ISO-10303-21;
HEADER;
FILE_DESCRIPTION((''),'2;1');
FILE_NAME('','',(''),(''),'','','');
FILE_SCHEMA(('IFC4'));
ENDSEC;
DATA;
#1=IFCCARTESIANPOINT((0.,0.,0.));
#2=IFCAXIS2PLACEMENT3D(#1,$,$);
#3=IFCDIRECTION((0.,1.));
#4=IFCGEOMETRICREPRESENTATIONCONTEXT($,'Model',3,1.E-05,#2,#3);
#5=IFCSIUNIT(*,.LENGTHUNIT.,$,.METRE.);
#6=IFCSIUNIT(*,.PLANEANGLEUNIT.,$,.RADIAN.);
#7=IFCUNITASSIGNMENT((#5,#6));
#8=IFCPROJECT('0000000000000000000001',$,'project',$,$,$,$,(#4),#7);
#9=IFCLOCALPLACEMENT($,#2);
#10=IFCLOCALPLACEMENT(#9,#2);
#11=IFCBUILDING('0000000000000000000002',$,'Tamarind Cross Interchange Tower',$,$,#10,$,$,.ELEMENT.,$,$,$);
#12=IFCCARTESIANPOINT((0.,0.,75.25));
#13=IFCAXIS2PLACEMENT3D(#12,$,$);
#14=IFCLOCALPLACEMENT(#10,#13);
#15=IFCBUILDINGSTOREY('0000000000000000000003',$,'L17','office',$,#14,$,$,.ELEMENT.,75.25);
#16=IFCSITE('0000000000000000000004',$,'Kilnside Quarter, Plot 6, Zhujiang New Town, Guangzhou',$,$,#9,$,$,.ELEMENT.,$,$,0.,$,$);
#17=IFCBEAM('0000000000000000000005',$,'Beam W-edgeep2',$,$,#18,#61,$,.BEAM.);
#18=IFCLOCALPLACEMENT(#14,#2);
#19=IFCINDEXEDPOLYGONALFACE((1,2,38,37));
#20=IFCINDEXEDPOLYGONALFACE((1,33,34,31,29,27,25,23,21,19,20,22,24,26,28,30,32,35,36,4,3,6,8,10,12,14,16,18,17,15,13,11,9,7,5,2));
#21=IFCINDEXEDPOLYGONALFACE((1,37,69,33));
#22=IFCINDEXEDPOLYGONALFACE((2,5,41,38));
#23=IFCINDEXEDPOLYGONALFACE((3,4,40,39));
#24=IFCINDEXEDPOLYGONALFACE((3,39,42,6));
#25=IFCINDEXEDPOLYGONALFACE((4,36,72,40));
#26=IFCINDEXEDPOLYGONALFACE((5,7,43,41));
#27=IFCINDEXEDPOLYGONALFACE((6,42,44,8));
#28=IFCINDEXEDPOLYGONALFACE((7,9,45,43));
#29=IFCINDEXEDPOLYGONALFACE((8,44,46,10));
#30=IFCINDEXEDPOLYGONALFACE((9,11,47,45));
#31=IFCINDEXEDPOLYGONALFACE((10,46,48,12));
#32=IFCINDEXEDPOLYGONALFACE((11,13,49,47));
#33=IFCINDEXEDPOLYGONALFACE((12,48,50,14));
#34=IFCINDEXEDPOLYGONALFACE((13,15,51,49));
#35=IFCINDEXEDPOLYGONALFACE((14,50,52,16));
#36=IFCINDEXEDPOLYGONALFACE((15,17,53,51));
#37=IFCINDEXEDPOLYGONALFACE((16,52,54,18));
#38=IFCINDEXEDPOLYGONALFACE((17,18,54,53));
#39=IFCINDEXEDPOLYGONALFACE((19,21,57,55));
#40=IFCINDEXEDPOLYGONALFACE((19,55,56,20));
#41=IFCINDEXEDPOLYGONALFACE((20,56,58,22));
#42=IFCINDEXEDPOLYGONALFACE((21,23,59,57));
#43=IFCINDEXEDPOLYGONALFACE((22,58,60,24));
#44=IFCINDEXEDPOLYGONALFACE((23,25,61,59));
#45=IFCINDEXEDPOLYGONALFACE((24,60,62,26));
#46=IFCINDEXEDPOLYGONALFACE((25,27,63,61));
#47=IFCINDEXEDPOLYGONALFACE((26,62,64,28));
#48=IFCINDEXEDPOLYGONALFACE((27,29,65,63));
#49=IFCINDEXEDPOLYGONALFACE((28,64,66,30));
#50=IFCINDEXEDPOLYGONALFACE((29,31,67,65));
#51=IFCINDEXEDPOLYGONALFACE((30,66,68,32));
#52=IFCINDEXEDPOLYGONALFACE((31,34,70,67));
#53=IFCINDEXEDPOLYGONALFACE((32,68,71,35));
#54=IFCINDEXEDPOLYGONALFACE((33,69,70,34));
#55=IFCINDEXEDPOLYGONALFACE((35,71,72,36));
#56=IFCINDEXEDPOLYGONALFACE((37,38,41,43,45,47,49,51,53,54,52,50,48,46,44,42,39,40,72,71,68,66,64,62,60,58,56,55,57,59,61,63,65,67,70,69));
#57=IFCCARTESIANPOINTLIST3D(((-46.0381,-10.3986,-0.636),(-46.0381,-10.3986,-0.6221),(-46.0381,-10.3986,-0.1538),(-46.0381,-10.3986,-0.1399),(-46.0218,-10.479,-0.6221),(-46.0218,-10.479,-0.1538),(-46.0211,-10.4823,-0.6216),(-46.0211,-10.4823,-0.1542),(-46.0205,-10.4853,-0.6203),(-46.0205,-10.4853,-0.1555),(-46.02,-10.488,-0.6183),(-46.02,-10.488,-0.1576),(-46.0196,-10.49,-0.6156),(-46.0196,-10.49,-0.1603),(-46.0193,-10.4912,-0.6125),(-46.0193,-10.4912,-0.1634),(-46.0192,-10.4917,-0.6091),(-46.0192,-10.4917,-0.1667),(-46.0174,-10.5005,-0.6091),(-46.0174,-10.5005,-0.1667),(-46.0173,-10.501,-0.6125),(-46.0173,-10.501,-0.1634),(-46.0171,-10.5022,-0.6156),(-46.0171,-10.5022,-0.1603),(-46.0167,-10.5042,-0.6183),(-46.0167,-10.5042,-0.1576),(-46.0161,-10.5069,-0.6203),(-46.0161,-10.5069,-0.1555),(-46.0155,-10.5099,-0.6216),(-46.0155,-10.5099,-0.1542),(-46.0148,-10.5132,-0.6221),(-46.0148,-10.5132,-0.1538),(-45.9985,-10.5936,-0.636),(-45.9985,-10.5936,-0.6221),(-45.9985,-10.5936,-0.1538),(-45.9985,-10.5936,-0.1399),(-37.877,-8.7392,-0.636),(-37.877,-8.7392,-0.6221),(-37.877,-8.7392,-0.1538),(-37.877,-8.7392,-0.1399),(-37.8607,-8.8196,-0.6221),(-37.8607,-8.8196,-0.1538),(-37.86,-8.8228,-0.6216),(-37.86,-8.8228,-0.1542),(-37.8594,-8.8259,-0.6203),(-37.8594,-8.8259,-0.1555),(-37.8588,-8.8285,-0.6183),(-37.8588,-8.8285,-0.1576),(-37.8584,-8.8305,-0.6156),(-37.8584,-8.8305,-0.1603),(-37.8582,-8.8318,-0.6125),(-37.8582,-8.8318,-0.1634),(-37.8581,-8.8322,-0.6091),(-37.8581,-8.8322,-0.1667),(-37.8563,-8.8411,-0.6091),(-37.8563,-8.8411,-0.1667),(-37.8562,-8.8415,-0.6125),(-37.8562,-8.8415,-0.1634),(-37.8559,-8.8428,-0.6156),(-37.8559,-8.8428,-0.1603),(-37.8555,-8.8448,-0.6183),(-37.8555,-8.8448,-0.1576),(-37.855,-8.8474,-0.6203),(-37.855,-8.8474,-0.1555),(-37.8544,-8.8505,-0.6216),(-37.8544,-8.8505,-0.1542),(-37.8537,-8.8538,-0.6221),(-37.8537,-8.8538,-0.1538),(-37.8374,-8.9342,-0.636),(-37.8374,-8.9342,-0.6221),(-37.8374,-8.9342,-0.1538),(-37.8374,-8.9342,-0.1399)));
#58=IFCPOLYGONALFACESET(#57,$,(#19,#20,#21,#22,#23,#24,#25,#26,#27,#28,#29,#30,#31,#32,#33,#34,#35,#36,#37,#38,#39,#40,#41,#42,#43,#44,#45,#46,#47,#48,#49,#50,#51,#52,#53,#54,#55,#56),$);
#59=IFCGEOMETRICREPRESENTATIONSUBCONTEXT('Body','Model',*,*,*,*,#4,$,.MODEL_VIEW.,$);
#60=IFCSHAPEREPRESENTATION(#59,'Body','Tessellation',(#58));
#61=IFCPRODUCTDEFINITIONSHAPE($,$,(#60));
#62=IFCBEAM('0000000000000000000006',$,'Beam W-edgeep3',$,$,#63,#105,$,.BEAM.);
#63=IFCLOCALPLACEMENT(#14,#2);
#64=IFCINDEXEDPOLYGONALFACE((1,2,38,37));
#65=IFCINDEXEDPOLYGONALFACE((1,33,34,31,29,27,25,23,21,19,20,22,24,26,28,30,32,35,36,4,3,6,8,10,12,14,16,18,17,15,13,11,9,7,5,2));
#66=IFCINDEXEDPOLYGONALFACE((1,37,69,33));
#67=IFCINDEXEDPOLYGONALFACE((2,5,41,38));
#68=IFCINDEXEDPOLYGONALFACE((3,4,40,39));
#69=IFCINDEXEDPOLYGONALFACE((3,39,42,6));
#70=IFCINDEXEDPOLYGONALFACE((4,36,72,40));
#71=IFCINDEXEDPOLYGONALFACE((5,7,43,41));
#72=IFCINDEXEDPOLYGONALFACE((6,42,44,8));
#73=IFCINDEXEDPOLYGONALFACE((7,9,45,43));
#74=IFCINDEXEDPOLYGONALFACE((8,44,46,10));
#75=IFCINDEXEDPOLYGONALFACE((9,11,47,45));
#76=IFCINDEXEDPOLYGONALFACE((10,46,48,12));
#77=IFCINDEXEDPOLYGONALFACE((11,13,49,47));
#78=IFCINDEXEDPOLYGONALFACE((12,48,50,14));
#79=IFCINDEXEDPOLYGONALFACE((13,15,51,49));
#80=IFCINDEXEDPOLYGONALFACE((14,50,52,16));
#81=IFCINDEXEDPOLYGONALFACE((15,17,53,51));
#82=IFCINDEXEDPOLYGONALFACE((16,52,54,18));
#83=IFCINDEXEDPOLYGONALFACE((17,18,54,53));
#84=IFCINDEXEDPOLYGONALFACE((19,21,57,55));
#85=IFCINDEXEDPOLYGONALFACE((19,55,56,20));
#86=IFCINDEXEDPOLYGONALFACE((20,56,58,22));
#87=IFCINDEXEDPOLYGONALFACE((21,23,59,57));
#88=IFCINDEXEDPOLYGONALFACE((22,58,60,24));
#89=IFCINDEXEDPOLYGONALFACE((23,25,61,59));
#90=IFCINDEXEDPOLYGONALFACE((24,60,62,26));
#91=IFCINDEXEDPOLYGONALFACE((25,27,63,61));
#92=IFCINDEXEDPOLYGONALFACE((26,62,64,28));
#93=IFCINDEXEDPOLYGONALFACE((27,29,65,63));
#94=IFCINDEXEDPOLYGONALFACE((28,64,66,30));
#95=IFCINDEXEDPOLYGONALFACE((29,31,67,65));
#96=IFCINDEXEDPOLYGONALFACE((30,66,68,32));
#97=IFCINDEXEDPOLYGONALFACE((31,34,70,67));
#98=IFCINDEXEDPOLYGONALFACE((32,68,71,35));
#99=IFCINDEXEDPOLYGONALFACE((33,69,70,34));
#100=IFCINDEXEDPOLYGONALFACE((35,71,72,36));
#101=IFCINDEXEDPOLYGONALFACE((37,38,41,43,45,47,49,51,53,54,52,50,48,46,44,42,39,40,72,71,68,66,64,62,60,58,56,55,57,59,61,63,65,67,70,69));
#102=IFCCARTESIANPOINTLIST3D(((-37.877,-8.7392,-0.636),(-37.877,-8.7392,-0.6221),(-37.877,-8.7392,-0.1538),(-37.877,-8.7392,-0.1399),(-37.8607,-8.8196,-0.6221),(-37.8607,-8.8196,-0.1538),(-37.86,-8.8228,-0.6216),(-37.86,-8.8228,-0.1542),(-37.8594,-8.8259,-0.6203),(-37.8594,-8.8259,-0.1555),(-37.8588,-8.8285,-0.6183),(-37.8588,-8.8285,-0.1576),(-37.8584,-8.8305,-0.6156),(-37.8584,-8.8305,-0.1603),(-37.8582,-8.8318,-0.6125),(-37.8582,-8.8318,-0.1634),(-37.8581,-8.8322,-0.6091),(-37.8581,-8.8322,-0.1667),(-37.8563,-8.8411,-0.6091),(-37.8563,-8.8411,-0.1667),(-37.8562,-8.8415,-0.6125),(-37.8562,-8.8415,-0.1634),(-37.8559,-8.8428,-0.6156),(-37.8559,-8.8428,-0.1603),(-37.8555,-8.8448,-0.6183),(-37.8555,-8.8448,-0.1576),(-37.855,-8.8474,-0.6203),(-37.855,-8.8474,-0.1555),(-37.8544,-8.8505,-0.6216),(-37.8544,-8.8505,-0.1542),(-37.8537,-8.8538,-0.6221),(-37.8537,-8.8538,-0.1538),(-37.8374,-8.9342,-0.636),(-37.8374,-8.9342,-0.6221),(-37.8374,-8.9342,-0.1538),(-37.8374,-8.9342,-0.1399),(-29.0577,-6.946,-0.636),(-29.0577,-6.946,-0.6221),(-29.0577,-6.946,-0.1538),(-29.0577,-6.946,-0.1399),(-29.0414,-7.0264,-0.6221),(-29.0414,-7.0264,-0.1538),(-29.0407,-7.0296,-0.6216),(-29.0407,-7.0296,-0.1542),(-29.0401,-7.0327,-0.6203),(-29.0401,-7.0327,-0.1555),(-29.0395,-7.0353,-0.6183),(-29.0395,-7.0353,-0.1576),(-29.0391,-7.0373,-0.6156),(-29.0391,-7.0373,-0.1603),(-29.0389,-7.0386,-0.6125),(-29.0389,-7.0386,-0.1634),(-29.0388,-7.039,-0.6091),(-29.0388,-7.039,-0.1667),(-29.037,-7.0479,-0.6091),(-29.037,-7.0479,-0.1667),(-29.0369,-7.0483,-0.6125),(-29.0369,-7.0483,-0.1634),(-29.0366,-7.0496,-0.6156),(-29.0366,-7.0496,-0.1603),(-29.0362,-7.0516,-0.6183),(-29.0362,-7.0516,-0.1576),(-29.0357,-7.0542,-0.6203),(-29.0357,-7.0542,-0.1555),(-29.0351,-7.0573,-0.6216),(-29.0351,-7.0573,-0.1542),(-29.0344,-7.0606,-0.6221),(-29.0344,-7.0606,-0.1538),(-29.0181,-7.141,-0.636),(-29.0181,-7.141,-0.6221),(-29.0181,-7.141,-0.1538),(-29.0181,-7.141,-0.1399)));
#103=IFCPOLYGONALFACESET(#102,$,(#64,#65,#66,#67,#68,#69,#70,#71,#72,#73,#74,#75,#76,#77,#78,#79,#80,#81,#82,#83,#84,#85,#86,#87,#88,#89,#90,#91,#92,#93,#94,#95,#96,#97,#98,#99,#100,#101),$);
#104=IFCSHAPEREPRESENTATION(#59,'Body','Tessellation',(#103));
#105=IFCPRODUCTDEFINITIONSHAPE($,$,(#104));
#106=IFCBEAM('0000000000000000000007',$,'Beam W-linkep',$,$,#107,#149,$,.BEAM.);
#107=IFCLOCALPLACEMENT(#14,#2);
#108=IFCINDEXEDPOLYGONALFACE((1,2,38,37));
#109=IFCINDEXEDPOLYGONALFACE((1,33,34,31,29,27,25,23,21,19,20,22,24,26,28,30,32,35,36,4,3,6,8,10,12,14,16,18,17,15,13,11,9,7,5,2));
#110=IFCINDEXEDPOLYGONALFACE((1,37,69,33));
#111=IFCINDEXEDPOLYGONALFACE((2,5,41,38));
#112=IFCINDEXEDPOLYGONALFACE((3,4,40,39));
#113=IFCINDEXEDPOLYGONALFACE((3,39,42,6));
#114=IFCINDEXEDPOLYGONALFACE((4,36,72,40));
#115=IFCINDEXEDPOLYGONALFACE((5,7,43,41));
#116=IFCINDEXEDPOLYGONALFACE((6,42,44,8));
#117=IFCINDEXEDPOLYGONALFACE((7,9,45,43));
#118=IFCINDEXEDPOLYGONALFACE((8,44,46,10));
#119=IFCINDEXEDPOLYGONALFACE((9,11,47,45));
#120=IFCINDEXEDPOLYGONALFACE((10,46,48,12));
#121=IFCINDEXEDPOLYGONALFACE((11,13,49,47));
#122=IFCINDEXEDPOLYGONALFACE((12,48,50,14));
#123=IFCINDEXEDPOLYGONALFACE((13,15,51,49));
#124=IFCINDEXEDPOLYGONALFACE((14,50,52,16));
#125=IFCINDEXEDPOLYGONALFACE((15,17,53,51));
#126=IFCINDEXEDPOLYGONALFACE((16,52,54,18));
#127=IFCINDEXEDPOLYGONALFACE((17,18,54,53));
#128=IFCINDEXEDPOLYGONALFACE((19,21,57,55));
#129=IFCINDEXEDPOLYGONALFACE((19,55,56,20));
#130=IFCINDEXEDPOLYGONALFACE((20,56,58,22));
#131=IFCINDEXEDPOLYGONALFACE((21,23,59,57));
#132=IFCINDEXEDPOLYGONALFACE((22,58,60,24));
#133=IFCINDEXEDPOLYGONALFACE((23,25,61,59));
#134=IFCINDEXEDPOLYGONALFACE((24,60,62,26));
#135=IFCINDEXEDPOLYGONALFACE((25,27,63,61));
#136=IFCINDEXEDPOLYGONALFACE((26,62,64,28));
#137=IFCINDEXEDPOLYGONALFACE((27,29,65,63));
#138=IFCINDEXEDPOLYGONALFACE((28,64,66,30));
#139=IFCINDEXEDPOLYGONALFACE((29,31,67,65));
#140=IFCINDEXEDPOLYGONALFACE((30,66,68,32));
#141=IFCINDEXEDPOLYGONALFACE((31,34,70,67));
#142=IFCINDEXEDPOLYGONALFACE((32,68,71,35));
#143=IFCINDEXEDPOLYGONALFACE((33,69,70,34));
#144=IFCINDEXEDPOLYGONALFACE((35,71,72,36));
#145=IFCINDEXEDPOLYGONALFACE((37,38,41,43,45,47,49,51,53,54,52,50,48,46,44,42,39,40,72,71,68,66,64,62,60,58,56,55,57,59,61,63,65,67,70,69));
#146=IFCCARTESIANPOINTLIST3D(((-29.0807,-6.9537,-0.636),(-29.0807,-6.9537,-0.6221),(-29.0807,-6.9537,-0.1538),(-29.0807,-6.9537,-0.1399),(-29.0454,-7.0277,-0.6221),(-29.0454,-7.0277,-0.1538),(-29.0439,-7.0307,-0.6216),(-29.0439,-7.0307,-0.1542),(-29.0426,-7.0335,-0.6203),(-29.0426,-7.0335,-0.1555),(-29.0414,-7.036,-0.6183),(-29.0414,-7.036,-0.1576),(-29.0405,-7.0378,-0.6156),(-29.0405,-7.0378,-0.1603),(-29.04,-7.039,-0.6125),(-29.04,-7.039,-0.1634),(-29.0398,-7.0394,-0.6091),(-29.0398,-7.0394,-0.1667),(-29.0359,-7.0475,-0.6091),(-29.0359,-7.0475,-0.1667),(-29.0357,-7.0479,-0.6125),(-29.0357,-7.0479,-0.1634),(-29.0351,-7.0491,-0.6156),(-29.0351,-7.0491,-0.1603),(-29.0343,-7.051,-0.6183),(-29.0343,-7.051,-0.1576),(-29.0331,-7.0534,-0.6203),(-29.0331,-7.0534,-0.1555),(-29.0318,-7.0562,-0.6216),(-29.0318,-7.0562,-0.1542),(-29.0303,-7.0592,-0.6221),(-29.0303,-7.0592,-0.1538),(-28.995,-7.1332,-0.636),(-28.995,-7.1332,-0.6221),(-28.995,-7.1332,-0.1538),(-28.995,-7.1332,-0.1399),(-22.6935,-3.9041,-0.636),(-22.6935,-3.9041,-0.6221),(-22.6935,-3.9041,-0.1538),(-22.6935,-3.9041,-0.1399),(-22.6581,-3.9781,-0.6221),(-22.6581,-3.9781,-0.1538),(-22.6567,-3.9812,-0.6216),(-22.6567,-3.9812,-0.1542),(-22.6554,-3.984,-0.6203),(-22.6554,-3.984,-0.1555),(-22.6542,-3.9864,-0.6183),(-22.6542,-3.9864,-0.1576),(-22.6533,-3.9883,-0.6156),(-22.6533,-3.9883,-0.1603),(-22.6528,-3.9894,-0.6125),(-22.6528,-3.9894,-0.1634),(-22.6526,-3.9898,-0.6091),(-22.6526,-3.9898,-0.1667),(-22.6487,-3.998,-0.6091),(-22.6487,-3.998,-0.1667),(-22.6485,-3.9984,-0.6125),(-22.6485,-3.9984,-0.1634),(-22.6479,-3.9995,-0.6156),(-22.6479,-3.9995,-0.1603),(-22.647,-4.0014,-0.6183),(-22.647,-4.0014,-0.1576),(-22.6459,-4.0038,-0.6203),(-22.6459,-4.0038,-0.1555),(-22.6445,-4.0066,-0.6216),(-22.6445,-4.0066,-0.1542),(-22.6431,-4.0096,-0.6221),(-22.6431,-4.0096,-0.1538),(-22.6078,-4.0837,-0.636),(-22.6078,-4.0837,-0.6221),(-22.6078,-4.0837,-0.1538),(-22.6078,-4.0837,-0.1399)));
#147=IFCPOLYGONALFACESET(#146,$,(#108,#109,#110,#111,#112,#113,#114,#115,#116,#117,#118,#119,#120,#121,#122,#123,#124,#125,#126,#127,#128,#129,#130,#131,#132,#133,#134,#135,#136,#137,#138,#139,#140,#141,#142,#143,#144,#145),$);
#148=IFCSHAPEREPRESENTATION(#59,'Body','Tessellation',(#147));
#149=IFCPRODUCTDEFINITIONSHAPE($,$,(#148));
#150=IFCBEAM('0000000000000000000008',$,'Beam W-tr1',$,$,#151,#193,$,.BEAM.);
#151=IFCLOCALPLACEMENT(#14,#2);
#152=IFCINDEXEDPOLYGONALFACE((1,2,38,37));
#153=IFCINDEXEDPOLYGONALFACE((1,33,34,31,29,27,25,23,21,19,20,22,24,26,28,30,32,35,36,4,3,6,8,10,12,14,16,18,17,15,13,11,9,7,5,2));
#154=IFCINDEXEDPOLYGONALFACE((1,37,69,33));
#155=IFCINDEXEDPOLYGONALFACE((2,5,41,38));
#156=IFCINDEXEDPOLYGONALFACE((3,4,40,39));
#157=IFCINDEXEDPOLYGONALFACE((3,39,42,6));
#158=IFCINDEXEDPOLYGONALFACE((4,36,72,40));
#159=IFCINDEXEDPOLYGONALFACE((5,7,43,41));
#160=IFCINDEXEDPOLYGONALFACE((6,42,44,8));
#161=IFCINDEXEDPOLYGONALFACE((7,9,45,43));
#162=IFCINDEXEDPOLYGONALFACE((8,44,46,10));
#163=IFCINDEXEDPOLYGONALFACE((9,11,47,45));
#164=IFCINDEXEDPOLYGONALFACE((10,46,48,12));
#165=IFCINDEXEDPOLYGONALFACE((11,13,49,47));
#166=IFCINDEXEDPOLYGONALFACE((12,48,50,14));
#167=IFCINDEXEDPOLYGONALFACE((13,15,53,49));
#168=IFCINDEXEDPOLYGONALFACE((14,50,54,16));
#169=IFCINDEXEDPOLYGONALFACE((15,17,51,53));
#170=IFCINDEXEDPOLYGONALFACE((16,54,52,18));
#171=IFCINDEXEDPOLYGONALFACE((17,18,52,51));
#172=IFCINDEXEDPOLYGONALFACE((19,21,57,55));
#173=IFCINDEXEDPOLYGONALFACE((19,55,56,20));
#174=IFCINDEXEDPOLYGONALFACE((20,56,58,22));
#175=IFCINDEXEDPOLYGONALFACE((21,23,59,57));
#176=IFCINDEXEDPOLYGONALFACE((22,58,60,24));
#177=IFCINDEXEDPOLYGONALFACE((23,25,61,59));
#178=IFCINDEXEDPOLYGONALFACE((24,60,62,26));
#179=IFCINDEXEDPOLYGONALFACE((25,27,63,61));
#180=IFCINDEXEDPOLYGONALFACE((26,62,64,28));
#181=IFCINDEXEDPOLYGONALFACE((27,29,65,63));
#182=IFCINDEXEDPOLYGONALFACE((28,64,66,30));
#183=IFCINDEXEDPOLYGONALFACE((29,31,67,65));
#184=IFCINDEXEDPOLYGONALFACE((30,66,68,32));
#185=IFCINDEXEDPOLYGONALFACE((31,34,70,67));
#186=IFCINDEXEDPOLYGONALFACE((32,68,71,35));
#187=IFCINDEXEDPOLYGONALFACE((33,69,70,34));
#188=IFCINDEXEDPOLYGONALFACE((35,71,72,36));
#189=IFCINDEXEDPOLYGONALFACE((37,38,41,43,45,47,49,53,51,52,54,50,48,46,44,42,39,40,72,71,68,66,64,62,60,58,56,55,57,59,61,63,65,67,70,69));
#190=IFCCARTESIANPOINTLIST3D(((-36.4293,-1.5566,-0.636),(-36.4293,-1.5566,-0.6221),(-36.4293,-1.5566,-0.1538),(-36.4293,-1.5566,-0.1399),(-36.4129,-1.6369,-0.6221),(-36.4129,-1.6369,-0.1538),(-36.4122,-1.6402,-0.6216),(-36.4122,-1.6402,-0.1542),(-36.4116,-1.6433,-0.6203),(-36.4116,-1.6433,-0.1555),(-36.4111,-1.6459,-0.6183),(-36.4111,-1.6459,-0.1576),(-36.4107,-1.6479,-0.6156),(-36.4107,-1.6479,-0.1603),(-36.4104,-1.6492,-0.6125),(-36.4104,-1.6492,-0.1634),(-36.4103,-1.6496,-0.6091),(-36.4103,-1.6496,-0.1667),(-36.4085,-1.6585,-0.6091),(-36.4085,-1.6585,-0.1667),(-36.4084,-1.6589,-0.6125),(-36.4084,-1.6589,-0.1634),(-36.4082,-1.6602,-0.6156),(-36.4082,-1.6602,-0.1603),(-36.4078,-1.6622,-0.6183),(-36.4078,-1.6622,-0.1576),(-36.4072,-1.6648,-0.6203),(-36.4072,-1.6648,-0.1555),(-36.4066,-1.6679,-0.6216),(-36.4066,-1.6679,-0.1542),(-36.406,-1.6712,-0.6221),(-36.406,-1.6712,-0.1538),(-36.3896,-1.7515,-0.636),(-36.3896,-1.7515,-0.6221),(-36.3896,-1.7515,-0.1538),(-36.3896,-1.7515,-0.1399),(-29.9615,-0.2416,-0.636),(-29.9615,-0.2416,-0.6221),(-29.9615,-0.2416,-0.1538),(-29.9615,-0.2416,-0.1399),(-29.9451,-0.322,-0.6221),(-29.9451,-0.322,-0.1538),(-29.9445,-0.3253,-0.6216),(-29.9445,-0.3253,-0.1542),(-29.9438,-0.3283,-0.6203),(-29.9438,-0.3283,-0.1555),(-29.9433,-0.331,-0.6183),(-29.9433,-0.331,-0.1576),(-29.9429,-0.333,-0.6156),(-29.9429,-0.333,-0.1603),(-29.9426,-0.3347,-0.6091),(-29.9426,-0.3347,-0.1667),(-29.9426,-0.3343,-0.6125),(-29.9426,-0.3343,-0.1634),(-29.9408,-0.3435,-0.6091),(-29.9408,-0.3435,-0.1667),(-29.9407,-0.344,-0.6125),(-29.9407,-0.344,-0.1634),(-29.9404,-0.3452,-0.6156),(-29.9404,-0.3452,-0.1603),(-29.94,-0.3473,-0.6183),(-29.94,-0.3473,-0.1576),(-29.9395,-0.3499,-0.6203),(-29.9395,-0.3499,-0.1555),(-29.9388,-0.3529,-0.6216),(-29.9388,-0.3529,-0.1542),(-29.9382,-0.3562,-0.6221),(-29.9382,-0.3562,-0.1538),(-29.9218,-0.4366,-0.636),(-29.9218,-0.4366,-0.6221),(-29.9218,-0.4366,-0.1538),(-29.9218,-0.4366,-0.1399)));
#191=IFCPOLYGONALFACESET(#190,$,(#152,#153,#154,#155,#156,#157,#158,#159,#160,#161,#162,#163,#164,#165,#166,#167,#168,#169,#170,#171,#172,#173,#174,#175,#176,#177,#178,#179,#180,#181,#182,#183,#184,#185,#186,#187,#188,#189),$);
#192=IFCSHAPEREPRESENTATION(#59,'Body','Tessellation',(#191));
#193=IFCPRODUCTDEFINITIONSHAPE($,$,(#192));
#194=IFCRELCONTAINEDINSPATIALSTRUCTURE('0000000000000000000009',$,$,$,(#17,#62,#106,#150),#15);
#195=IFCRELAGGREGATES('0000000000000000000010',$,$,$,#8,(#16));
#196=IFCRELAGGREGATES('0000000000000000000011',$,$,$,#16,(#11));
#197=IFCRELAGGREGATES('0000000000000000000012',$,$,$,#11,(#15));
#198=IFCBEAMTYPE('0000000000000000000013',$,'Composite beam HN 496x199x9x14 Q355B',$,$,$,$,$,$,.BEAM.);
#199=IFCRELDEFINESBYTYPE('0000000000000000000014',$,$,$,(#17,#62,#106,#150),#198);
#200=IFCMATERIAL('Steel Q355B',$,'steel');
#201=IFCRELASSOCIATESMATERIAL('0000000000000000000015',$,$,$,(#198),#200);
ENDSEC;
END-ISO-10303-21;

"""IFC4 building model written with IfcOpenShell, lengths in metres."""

from ifc_helpers import new_model, si_unit, direction, frame, origin, origin_2d, place, context, subcontext, project, spatial, i_section, extrude, material, material_profile, profile_set, type_object, element, save


model = new_model("IFC4")

# Units and contexts
model_context = context("Model", 3, precision=1e-05, world=origin(), true_north=direction((0.0, 1.0)))
body_context = subcontext(model_context, "Body", "Model", "MODEL_VIEW")
ifc_project = project(units=[si_unit("LENGTHUNIT", "METRE"), si_unit("PLANEANGLEUNIT", "RADIAN")], contexts=[model_context])

# Site, building, storey
site_placement = place(None, origin())
site = spatial("IfcSite", under=ifc_project, at=site_placement, Name="Kilnside Quarter, Plot 6, Zhujiang New Town, Guangzhou", CompositionType="ELEMENT", RefElevation=0.0)
building_placement = place(site_placement, origin())
building = spatial("IfcBuilding", under=site, at=building_placement, Name="Tamarind Cross Interchange Tower", CompositionType="ELEMENT")
storey_placement = place(building_placement, frame((0.0, 0.0, 75.25)))
storey = spatial("IfcBuildingStorey", under=building, at=storey_placement, Name="L17", Description="office", CompositionType="ELEMENT", Elevation=75.25)

# Beams
ifc_material_1 = material(Name="Steel Q355B", Category="steel")
ifc_material_profile_1 = material_profile(ifc_material_1, i_section(OverallWidth=0.199, OverallDepth=0.4961, WebThickness=0.009, FlangeThickness=0.0139, FilletRadius=0.0129, at=origin_2d()), Name="HN 496x199x9x14")
ifc_profile_set_1 = profile_set([ifc_material_profile_1], Name="Steel Q355B")
beam_type_1 = type_object("IfcBeamType", Name="Composite beam HN 496x199x9x14 Q355B", PredefinedType="BEAM", material=ifc_profile_set_1)
beam_1_placement = place(storey_placement, frame((-46.0183, -10.4961, -0.3879), z_axis=(0.979948, 0.199255, 0.0), x_axis=(-0.199255, 0.979948, 0.0)))
element("IfcBeam", 1, at=beam_1_placement, inside=storey, type_object=beam_type_1, Name="Beam W-edgeep2", PredefinedType="BEAM", context=body_context, shape_type="SweptSolid", body=[
    extrude(i_section(OverallWidth=0.199, OverallDepth=0.4961, WebThickness=0.009, FlangeThickness=0.0139, FilletRadius=0.0129, at=origin_2d()), origin(), (0.0, 0.0, 1.0), 8.3281),
])
beam_2_placement = place(storey_placement, frame((-37.8572, -8.8367, -0.3879), z_axis=(0.979949, 0.19925, 0.0), x_axis=(-0.19925, 0.979949, 0.0)))
element("IfcBeam", 2, at=beam_2_placement, inside=storey, type_object=beam_type_1, Name="Beam W-edgeep3", PredefinedType="BEAM", context=body_context, shape_type="SweptSolid", body=[
    extrude(i_section(OverallWidth=0.199, OverallDepth=0.4961, WebThickness=0.009, FlangeThickness=0.0139, FilletRadius=0.0129, at=origin_2d()), origin(), (0.0, 0.0, 1.0), 8.9998),
])
beam_3_placement = place(storey_placement, frame((-29.0378, -7.0435, -0.3879), z_axis=(0.902419, 0.430859, 0.0), x_axis=(-0.430859, 0.902419, 0.0)))
element("IfcBeam", 3, at=beam_3_placement, inside=storey, type_object=beam_type_1, Name="Beam W-linkep", PredefinedType="BEAM", context=body_context, shape_type="SweptSolid", body=[
    extrude(i_section(OverallWidth=0.199, OverallDepth=0.4961, WebThickness=0.009, FlangeThickness=0.0139, FilletRadius=0.0129, at=origin_2d()), origin(), (0.0, 0.0, 1.0), 7.0779),
])
beam_4_placement = place(storey_placement, frame((-29.9417, -0.3391, -0.3879), z_axis=(-0.979953, -0.199231, 0.0), x_axis=(0.199231, -0.979953, 0.0)))
element("IfcBeam", 4, at=beam_4_placement, inside=storey, type_object=beam_type_1, Name="Beam W-tr1", PredefinedType="BEAM", context=body_context, shape_type="SweptSolid", body=[
    extrude(i_section(OverallWidth=0.199, OverallDepth=0.4961, WebThickness=0.009, FlangeThickness=0.0139, FilletRadius=0.0129, at=origin_2d()), origin(), (0.0, 0.0, 1.0), 6.6001),
])

save(model, "model.ifc")
